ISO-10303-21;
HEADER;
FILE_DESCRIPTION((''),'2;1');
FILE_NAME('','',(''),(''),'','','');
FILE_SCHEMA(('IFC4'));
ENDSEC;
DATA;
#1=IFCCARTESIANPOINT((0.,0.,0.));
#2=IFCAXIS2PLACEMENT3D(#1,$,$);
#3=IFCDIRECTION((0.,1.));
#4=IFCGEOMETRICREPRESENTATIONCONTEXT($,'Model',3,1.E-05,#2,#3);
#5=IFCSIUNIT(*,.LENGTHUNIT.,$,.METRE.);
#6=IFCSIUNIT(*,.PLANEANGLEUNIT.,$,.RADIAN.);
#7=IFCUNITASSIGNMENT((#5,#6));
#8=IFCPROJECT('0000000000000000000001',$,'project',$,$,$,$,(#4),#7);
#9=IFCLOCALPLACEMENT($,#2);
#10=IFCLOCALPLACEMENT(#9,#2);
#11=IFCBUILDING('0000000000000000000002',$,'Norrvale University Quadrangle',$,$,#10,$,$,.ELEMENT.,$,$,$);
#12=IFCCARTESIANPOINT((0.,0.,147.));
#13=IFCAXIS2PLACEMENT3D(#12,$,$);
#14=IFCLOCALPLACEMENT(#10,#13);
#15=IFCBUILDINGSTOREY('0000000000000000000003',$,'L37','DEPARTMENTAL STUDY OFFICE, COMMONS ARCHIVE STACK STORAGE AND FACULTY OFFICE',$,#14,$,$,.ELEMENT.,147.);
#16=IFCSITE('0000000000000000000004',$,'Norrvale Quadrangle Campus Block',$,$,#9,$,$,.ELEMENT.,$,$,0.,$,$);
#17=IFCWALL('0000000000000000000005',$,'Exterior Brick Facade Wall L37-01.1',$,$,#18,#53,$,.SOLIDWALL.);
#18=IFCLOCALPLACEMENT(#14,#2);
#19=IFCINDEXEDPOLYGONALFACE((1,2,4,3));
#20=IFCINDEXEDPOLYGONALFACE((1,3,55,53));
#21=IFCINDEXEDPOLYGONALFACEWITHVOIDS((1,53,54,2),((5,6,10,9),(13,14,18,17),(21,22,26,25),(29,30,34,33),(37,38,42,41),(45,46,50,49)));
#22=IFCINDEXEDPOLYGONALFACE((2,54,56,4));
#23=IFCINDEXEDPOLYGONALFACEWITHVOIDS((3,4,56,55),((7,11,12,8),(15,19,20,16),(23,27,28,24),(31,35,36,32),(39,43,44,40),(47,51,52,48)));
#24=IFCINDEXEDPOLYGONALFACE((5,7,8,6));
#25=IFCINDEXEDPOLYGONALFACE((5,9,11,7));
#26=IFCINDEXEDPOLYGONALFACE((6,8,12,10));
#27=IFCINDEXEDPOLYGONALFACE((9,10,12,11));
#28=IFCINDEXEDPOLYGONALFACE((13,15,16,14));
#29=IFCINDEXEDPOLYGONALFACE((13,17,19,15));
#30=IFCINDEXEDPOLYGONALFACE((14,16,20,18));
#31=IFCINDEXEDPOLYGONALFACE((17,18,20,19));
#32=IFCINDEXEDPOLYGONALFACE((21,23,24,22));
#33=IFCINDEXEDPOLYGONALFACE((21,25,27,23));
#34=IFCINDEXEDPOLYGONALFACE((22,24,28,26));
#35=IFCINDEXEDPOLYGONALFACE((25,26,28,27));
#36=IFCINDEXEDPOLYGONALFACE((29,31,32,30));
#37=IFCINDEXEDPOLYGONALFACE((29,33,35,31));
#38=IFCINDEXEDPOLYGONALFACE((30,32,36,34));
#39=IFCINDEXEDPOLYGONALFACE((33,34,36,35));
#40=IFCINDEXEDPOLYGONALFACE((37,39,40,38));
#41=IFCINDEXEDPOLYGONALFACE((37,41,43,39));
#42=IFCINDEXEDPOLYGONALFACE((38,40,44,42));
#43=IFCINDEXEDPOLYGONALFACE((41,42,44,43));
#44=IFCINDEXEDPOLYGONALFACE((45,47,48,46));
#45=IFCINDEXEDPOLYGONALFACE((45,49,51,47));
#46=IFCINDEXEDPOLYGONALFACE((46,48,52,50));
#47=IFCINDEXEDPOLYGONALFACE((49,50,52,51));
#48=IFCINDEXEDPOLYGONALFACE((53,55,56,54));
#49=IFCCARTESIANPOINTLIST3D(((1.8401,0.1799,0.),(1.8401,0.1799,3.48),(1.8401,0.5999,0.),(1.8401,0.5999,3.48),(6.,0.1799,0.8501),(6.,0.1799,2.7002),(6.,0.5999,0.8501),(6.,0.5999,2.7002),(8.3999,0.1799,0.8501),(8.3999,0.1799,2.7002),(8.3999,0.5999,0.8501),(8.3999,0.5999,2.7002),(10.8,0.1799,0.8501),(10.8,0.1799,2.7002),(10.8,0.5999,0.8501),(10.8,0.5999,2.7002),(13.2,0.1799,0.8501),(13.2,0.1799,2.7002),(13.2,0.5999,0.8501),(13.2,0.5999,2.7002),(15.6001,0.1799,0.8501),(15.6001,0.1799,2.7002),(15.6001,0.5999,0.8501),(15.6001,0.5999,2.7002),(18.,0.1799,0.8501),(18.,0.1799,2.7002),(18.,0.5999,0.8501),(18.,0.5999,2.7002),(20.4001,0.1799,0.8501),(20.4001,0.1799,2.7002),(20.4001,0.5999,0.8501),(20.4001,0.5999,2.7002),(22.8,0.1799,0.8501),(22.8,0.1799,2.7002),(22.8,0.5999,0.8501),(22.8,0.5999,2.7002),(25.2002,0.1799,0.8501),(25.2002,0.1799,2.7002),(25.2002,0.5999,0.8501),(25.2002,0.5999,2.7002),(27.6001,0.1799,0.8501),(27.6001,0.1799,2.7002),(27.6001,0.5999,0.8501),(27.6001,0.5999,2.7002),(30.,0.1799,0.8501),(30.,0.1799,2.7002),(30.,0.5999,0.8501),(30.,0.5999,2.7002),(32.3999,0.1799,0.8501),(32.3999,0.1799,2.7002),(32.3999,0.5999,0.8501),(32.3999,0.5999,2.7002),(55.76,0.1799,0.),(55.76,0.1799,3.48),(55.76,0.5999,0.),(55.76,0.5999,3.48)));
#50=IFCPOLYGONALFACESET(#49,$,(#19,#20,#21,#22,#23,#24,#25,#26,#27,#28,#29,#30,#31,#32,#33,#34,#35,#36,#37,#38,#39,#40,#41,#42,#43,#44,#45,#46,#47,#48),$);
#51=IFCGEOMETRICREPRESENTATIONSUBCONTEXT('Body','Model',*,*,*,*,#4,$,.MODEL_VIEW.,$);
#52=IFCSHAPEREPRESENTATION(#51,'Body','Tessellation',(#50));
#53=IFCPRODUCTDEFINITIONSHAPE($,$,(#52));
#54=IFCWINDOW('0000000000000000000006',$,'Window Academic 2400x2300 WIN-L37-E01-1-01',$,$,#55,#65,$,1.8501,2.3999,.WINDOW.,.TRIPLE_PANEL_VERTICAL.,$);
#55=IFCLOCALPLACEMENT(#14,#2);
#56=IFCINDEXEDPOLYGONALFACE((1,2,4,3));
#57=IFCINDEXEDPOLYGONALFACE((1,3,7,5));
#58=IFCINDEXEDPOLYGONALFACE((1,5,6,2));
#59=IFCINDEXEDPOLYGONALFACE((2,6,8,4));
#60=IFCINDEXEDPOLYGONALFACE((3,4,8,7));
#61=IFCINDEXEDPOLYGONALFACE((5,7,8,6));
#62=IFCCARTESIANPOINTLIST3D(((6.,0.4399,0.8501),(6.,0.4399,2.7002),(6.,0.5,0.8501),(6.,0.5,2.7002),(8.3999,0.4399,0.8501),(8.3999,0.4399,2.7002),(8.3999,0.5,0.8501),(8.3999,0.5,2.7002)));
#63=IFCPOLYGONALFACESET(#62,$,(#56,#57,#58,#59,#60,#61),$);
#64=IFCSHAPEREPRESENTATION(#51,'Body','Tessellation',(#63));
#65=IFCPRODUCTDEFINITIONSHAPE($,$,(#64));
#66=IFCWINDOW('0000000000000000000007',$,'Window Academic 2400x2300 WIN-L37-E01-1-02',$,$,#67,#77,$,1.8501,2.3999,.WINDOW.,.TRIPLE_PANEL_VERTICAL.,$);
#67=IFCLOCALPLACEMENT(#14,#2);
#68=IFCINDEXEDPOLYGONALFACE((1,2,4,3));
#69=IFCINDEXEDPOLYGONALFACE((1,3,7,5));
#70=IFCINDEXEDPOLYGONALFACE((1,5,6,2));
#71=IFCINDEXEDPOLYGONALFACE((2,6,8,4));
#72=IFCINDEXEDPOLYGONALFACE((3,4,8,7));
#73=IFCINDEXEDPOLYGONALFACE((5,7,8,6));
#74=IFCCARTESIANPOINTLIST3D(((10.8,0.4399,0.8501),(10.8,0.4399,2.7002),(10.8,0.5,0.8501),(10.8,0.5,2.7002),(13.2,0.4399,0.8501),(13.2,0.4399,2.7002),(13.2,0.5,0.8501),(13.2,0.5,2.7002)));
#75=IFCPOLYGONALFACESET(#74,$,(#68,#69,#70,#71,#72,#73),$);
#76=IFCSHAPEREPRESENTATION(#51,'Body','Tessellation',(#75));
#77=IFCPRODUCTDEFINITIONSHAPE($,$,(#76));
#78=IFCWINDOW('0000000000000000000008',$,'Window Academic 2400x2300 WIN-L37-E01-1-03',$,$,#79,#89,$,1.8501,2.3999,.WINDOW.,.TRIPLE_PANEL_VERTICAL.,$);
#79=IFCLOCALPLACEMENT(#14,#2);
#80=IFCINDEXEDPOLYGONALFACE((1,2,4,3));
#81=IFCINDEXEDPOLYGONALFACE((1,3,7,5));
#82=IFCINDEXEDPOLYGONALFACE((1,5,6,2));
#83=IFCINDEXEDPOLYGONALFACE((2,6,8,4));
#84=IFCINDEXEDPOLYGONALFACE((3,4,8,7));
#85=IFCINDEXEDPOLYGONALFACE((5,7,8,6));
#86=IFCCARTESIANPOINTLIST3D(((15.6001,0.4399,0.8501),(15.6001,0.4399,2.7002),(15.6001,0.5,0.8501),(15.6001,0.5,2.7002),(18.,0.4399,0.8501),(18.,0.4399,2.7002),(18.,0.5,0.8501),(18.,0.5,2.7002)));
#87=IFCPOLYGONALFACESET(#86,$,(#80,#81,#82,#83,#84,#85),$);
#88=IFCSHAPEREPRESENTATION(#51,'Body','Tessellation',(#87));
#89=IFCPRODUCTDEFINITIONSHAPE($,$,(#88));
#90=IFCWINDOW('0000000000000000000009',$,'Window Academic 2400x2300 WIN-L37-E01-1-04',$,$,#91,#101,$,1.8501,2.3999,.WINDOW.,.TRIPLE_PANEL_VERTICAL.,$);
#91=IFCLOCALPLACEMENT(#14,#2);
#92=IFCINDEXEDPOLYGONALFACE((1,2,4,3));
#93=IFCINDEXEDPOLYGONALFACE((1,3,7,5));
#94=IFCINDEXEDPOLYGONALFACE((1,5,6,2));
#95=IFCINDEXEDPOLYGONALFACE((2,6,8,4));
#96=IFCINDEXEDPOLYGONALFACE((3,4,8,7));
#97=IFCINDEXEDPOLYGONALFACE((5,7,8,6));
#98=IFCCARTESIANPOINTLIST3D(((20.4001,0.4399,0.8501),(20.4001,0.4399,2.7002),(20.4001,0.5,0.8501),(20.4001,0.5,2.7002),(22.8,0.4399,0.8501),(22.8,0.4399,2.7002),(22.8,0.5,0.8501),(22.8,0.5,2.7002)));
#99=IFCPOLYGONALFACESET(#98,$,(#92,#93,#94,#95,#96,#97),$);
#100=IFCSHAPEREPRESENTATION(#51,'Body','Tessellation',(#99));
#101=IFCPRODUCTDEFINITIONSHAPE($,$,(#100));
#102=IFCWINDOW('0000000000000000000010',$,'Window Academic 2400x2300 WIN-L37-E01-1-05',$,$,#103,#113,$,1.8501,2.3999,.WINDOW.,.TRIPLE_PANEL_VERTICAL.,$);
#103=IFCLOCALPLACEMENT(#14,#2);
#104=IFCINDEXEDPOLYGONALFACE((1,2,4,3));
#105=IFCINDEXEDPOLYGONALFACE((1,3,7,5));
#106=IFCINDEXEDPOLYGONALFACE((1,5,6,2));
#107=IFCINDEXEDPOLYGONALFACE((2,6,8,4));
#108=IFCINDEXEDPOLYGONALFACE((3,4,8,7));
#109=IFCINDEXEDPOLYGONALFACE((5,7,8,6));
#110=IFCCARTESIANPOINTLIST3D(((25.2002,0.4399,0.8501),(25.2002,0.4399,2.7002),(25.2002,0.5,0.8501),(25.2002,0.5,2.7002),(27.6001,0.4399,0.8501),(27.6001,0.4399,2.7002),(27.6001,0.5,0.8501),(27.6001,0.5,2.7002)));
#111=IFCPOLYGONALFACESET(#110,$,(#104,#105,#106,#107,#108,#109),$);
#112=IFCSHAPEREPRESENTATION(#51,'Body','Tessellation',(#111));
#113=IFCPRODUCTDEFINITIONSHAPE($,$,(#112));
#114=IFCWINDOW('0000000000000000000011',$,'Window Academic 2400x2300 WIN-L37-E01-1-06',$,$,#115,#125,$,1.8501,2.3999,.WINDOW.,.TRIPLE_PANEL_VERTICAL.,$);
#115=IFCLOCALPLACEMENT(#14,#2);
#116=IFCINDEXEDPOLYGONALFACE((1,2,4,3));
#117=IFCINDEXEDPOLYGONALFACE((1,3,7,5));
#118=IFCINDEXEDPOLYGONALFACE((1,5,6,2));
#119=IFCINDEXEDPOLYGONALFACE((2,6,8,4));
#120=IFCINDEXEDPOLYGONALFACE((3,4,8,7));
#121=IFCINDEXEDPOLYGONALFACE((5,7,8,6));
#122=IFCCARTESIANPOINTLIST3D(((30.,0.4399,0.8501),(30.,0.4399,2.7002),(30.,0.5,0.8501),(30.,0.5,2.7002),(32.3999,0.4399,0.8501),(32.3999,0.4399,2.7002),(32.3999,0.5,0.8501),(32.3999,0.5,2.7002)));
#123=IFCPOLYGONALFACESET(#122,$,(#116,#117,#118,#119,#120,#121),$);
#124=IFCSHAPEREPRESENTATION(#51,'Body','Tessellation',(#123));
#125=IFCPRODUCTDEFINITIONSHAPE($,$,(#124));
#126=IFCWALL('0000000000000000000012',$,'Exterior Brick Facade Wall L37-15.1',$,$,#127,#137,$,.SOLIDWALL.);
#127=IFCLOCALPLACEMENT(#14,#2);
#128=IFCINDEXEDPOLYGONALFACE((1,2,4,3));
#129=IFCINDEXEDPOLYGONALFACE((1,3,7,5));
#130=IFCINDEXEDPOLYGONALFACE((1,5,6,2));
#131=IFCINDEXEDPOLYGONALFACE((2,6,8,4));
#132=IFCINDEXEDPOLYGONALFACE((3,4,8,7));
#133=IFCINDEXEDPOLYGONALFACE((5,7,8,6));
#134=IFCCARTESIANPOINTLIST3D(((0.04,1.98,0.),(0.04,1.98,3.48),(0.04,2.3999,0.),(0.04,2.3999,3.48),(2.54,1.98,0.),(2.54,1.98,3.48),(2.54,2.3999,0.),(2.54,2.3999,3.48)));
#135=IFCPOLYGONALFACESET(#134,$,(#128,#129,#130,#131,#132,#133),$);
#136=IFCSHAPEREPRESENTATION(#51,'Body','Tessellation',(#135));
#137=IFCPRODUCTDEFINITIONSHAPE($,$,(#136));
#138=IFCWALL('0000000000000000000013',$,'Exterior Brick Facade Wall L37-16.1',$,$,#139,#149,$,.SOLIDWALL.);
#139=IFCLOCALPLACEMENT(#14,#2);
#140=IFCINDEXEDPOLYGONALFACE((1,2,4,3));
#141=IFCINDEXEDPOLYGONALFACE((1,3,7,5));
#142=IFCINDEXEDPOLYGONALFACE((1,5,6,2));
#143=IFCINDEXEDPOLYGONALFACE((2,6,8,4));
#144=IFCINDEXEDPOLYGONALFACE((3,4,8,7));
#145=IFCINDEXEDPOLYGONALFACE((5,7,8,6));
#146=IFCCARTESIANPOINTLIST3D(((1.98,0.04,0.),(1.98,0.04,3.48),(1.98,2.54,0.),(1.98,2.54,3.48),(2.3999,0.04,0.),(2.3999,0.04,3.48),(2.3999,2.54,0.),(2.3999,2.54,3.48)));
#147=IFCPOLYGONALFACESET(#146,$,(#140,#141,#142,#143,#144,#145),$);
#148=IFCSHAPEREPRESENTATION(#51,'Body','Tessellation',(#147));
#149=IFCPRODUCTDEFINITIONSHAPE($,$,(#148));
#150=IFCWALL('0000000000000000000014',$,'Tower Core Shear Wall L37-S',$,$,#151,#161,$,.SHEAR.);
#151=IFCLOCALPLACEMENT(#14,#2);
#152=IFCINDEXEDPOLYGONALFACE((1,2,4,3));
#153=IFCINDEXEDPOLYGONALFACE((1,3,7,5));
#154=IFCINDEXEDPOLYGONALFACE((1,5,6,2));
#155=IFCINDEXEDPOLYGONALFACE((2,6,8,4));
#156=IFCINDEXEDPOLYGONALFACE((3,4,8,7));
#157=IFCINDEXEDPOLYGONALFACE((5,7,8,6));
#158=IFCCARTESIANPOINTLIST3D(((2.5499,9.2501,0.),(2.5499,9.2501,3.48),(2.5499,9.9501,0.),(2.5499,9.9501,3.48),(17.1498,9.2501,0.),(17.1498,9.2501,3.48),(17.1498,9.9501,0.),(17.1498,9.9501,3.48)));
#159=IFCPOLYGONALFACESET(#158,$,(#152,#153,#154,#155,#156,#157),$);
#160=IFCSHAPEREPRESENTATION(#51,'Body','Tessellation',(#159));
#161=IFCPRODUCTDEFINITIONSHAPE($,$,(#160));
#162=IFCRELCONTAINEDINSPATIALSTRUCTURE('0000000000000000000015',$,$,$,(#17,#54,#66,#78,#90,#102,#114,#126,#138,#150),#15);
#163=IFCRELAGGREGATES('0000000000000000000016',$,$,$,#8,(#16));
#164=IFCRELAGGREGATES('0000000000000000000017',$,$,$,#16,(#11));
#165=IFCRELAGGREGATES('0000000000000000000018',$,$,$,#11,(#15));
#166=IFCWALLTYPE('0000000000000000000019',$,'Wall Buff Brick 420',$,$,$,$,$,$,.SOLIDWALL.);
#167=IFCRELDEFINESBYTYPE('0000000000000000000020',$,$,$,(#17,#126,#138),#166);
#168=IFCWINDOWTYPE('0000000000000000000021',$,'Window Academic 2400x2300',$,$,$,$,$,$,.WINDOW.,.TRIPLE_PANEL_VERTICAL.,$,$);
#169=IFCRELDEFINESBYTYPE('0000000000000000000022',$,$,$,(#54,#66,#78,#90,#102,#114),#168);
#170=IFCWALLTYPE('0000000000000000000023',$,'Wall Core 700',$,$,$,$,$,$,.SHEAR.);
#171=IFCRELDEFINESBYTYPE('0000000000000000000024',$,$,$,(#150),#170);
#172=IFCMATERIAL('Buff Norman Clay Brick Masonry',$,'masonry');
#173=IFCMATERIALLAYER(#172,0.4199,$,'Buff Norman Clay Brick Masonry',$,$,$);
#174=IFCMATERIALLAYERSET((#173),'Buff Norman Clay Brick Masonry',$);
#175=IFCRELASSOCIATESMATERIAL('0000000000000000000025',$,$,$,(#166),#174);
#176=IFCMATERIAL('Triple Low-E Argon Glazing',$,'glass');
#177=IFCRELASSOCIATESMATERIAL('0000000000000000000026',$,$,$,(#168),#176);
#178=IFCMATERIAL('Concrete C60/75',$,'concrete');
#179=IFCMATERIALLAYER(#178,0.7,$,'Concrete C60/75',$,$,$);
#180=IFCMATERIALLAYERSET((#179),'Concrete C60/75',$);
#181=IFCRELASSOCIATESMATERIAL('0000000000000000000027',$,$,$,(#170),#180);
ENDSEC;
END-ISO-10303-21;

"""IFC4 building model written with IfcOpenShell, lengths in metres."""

from ifc_helpers import new_model, si_unit, direction, frame, frame_2d, origin, place, context, subcontext, project, spatial, rectangle, extrude, material, layer, layer_set, type_object, element, fill, save


model = new_model("IFC4")

# Units and contexts
model_context = context("Model", 3, precision=1e-05, world=origin(), true_north=direction((0.0, 1.0)))
body_context = subcontext(model_context, "Body", "Model", "MODEL_VIEW")
ifc_project = project(units=[si_unit("LENGTHUNIT", "METRE"), si_unit("PLANEANGLEUNIT", "RADIAN")], contexts=[model_context])

# Site, building, storey
site_placement = place(None, origin())
site = spatial("IfcSite", under=ifc_project, at=site_placement, Name="Norrvale Quadrangle Campus Block", CompositionType="ELEMENT", RefElevation=0.0)
building_placement = place(site_placement, origin())
building = spatial("IfcBuilding", under=site, at=building_placement, Name="Norrvale University Quadrangle", CompositionType="ELEMENT")
storey_placement = place(building_placement, frame((0.0, 0.0, 147.0)))
storey = spatial("IfcBuildingStorey", under=building, at=storey_placement, Name="L37", Description="DEPARTMENTAL STUDY OFFICE, COMMONS ARCHIVE STACK STORAGE AND FACULTY OFFICE", CompositionType="ELEMENT", Elevation=147.0)

# Shared definitions
ifc_material_1 = material(Name="Concrete C60/75", Category="concrete")

# Wall, openings, windows
ifc_material_2 = material(Name="Buff Norman Clay Brick Masonry", Category="masonry")
ifc_layer_1 = layer(ifc_material_2, 0.4199, Name="Buff Norman Clay Brick Masonry")
ifc_layer_set_1 = layer_set([ifc_layer_1], Name="Buff Norman Clay Brick Masonry")
wall_type_1 = type_object("IfcWallType", Name="Wall Buff Brick 420", PredefinedType="SOLIDWALL", material=ifc_layer_set_1)
wall_1_placement = place(storey_placement, frame((1.8401, 0.3899, 0.0), z_axis=(0.0, 0.0, 1.0), x_axis=(1.0, 0.0, 0.0)))
wall_1 = element("IfcWall", 1, at=wall_1_placement, inside=storey, type_object=wall_type_1, Name="Exterior Brick Facade Wall L37-01.1", PredefinedType="SOLIDWALL", context=body_context, shape_type="SweptSolid", body=[
    extrude(rectangle(XDim=53.9199, YDim=0.4199, at=frame_2d((26.96, 0.0))), origin(), (0.0, 0.0, 1.0), 3.48),
])
opening_1_placement = place(wall_1_placement, frame((4.1599, 0.0, 0.8501)))
opening_1 = element("IfcOpeningElement", 2, at=opening_1_placement, cuts=wall_1, PredefinedType="OPENING", context=body_context, shape_type="SweptSolid", body=[
    extrude(rectangle(XDim=2.3999, YDim=1.8501, at=frame_2d((1.2, 0.925))), frame((0.0, 0.2219, 0.0), z_axis=(0.0, -1.0, 0.0), x_axis=(1.0, 0.0, 0.0)), (0.0, 0.0, 1.0), 0.4438),
])
opening_2_placement = place(wall_1_placement, frame((8.96, 0.0, 0.8501)))
opening_2 = element("IfcOpeningElement", 3, at=opening_2_placement, cuts=wall_1, PredefinedType="OPENING", context=body_context, shape_type="SweptSolid", body=[
    extrude(rectangle(XDim=2.3999, YDim=1.8501, at=frame_2d((1.2, 0.925))), frame((0.0, 0.2219, 0.0), z_axis=(0.0, -1.0, 0.0), x_axis=(1.0, 0.0, 0.0)), (0.0, 0.0, 1.0), 0.4438),
])
opening_3_placement = place(wall_1_placement, frame((13.76, 0.0, 0.8501)))
opening_3 = element("IfcOpeningElement", 4, at=opening_3_placement, cuts=wall_1, PredefinedType="OPENING", context=body_context, shape_type="SweptSolid", body=[
    extrude(rectangle(XDim=2.3999, YDim=1.8501, at=frame_2d((1.2, 0.925))), frame((0.0, 0.2219, 0.0), z_axis=(0.0, -1.0, 0.0), x_axis=(1.0, 0.0, 0.0)), (0.0, 0.0, 1.0), 0.4438),
])
opening_4_placement = place(wall_1_placement, frame((18.5601, 0.0, 0.8501)))
opening_4 = element("IfcOpeningElement", 5, at=opening_4_placement, cuts=wall_1, PredefinedType="OPENING", context=body_context, shape_type="SweptSolid", body=[
    extrude(rectangle(XDim=2.3999, YDim=1.8501, at=frame_2d((1.2, 0.925))), frame((0.0, 0.2219, 0.0), z_axis=(0.0, -1.0, 0.0), x_axis=(1.0, 0.0, 0.0)), (0.0, 0.0, 1.0), 0.4438),
])
opening_5_placement = place(wall_1_placement, frame((23.3601, 0.0, 0.8501)))
opening_5 = element("IfcOpeningElement", 6, at=opening_5_placement, cuts=wall_1, PredefinedType="OPENING", context=body_context, shape_type="SweptSolid", body=[
    extrude(rectangle(XDim=2.3999, YDim=1.8501, at=frame_2d((1.2, 0.925))), frame((0.0, 0.2219, 0.0), z_axis=(0.0, -1.0, 0.0), x_axis=(1.0, 0.0, 0.0)), (0.0, 0.0, 1.0), 0.4438),
])
opening_6_placement = place(wall_1_placement, frame((28.1599, 0.0, 0.8501)))
opening_6 = element("IfcOpeningElement", 7, at=opening_6_placement, cuts=wall_1, PredefinedType="OPENING", context=body_context, shape_type="SweptSolid", body=[
    extrude(rectangle(XDim=2.3999, YDim=1.8501, at=frame_2d((1.2, 0.925))), frame((0.0, 0.2219, 0.0), z_axis=(0.0, -1.0, 0.0), x_axis=(1.0, 0.0, 0.0)), (0.0, 0.0, 1.0), 0.4438),
])
ifc_material_3 = material(Name="Triple Low-E Argon Glazing", Category="glass")
window_type = type_object("IfcWindowType", Name="Window Academic 2400x2300", PartitioningType="TRIPLE_PANEL_VERTICAL", PredefinedType="WINDOW", material=ifc_material_3)
window_1_placement = place(opening_1_placement, origin())
window_1 = element("IfcWindow", 8, at=window_1_placement, inside=storey, type_object=window_type, Name="Window Academic 2400x2300 WIN-L37-E01-1-01", OverallHeight=1.8501, OverallWidth=2.3999, PartitioningType="TRIPLE_PANEL_VERTICAL", PredefinedType="WINDOW", context=body_context, shape_type="SweptSolid", body=[
    extrude(rectangle(XDim=2.3999, YDim=1.8501, at=frame_2d((1.2, 0.925))), frame((0.0, 0.1101, 0.0), z_axis=(0.0, -1.0, 0.0), x_axis=(1.0, 0.0, 0.0)), (0.0, 0.0, 1.0), 0.0601),
])
fill(opening_1, window_1)
window_2_placement = place(opening_2_placement, origin())
window_2 = element("IfcWindow", 9, at=window_2_placement, inside=storey, type_object=window_type, Name="Window Academic 2400x2300 WIN-L37-E01-1-02", OverallHeight=1.8501, OverallWidth=2.3999, PartitioningType="TRIPLE_PANEL_VERTICAL", PredefinedType="WINDOW", context=body_context, shape_type="SweptSolid", body=[
    extrude(rectangle(XDim=2.3999, YDim=1.8501, at=frame_2d((1.2, 0.925))), frame((0.0, 0.1101, 0.0), z_axis=(0.0, -1.0, 0.0), x_axis=(1.0, 0.0, 0.0)), (0.0, 0.0, 1.0), 0.0601),
])
fill(opening_2, window_2)
window_3_placement = place(opening_3_placement, origin())
window_3 = element("IfcWindow", 10, at=window_3_placement, inside=storey, type_object=window_type, Name="Window Academic 2400x2300 WIN-L37-E01-1-03", OverallHeight=1.8501, OverallWidth=2.3999, PartitioningType="TRIPLE_PANEL_VERTICAL", PredefinedType="WINDOW", context=body_context, shape_type="SweptSolid", body=[
    extrude(rectangle(XDim=2.3999, YDim=1.8501, at=frame_2d((1.2, 0.925))), frame((0.0, 0.1101, 0.0), z_axis=(0.0, -1.0, 0.0), x_axis=(1.0, 0.0, 0.0)), (0.0, 0.0, 1.0), 0.0601),
])
fill(opening_3, window_3)
window_4_placement = place(opening_4_placement, origin())
window_4 = element("IfcWindow", 11, at=window_4_placement, inside=storey, type_object=window_type, Name="Window Academic 2400x2300 WIN-L37-E01-1-04", OverallHeight=1.8501, OverallWidth=2.3999, PartitioningType="TRIPLE_PANEL_VERTICAL", PredefinedType="WINDOW", context=body_context, shape_type="SweptSolid", body=[
    extrude(rectangle(XDim=2.3999, YDim=1.8501, at=frame_2d((1.2, 0.925))), frame((0.0, 0.1101, 0.0), z_axis=(0.0, -1.0, 0.0), x_axis=(1.0, 0.0, 0.0)), (0.0, 0.0, 1.0), 0.0601),
])
fill(opening_4, window_4)
window_5_placement = place(opening_5_placement, origin())
window_5 = element("IfcWindow", 12, at=window_5_placement, inside=storey, type_object=window_type, Name="Window Academic 2400x2300 WIN-L37-E01-1-05", OverallHeight=1.8501, OverallWidth=2.3999, PartitioningType="TRIPLE_PANEL_VERTICAL", PredefinedType="WINDOW", context=body_context, shape_type="SweptSolid", body=[
    extrude(rectangle(XDim=2.3999, YDim=1.8501, at=frame_2d((1.2, 0.925))), frame((0.0, 0.1101, 0.0), z_axis=(0.0, -1.0, 0.0), x_axis=(1.0, 0.0, 0.0)), (0.0, 0.0, 1.0), 0.0601),
])
fill(opening_5, window_5)
window_6_placement = place(opening_6_placement, origin())
window_6 = element("IfcWindow", 13, at=window_6_placement, inside=storey, type_object=window_type, Name="Window Academic 2400x2300 WIN-L37-E01-1-06", OverallHeight=1.8501, OverallWidth=2.3999, PartitioningType="TRIPLE_PANEL_VERTICAL", PredefinedType="WINDOW", context=body_context, shape_type="SweptSolid", body=[
    extrude(rectangle(XDim=2.3999, YDim=1.8501, at=frame_2d((1.2, 0.925))), frame((0.0, 0.1101, 0.0), z_axis=(0.0, -1.0, 0.0), x_axis=(1.0, 0.0, 0.0)), (0.0, 0.0, 1.0), 0.0601),
])
fill(opening_6, window_6)

# Walls
for number, where, z_axis, x_axis, name in (
    (14, (0.04, 2.1899, 0.0), (0.0, 0.0, 1.0), (1.0, 0.0, 0.0), "Exterior Brick Facade Wall L37-15.1"),
    (15, (2.1899, 2.54, 0.0), (0.0, 0.0, 1.0), (0.0, -1.0, 0.0), "Exterior Brick Facade Wall L37-16.1"),
):
    element("IfcWall", number, at=place(storey_placement, frame(where, z_axis=z_axis, x_axis=x_axis)), inside=storey, type_object=wall_type_1, Name=name, PredefinedType="SOLIDWALL", context=body_context, shape_type="SweptSolid", body=[
        extrude(rectangle(XDim=2.5, YDim=0.4199, at=frame_2d((1.25, 0.0))), origin(), (0.0, 0.0, 1.0), 3.48),
    ])
ifc_layer_2 = layer(ifc_material_1, 0.7, Name="Concrete C60/75")
ifc_layer_set_2 = layer_set([ifc_layer_2], Name="Concrete C60/75")
wall_type_2 = type_object("IfcWallType", Name="Wall Core 700", PredefinedType="SHEAR", material=ifc_layer_set_2)
wall_2_placement = place(storey_placement, frame((2.55, 9.6001, 0.0), z_axis=(0.0, 0.0, 1.0), x_axis=(1.0, 0.0, 0.0)))
element("IfcWall", 16, at=wall_2_placement, inside=storey, type_object=wall_type_2, Name="Tower Core Shear Wall L37-S", PredefinedType="SHEAR", context=body_context, shape_type="SweptSolid", body=[
    extrude(rectangle(XDim=14.5999, YDim=0.7, at=frame_2d((7.2998, 0.0))), origin(), (0.0, 0.0, 1.0), 3.48),
])

save(model, "model.ifc")
